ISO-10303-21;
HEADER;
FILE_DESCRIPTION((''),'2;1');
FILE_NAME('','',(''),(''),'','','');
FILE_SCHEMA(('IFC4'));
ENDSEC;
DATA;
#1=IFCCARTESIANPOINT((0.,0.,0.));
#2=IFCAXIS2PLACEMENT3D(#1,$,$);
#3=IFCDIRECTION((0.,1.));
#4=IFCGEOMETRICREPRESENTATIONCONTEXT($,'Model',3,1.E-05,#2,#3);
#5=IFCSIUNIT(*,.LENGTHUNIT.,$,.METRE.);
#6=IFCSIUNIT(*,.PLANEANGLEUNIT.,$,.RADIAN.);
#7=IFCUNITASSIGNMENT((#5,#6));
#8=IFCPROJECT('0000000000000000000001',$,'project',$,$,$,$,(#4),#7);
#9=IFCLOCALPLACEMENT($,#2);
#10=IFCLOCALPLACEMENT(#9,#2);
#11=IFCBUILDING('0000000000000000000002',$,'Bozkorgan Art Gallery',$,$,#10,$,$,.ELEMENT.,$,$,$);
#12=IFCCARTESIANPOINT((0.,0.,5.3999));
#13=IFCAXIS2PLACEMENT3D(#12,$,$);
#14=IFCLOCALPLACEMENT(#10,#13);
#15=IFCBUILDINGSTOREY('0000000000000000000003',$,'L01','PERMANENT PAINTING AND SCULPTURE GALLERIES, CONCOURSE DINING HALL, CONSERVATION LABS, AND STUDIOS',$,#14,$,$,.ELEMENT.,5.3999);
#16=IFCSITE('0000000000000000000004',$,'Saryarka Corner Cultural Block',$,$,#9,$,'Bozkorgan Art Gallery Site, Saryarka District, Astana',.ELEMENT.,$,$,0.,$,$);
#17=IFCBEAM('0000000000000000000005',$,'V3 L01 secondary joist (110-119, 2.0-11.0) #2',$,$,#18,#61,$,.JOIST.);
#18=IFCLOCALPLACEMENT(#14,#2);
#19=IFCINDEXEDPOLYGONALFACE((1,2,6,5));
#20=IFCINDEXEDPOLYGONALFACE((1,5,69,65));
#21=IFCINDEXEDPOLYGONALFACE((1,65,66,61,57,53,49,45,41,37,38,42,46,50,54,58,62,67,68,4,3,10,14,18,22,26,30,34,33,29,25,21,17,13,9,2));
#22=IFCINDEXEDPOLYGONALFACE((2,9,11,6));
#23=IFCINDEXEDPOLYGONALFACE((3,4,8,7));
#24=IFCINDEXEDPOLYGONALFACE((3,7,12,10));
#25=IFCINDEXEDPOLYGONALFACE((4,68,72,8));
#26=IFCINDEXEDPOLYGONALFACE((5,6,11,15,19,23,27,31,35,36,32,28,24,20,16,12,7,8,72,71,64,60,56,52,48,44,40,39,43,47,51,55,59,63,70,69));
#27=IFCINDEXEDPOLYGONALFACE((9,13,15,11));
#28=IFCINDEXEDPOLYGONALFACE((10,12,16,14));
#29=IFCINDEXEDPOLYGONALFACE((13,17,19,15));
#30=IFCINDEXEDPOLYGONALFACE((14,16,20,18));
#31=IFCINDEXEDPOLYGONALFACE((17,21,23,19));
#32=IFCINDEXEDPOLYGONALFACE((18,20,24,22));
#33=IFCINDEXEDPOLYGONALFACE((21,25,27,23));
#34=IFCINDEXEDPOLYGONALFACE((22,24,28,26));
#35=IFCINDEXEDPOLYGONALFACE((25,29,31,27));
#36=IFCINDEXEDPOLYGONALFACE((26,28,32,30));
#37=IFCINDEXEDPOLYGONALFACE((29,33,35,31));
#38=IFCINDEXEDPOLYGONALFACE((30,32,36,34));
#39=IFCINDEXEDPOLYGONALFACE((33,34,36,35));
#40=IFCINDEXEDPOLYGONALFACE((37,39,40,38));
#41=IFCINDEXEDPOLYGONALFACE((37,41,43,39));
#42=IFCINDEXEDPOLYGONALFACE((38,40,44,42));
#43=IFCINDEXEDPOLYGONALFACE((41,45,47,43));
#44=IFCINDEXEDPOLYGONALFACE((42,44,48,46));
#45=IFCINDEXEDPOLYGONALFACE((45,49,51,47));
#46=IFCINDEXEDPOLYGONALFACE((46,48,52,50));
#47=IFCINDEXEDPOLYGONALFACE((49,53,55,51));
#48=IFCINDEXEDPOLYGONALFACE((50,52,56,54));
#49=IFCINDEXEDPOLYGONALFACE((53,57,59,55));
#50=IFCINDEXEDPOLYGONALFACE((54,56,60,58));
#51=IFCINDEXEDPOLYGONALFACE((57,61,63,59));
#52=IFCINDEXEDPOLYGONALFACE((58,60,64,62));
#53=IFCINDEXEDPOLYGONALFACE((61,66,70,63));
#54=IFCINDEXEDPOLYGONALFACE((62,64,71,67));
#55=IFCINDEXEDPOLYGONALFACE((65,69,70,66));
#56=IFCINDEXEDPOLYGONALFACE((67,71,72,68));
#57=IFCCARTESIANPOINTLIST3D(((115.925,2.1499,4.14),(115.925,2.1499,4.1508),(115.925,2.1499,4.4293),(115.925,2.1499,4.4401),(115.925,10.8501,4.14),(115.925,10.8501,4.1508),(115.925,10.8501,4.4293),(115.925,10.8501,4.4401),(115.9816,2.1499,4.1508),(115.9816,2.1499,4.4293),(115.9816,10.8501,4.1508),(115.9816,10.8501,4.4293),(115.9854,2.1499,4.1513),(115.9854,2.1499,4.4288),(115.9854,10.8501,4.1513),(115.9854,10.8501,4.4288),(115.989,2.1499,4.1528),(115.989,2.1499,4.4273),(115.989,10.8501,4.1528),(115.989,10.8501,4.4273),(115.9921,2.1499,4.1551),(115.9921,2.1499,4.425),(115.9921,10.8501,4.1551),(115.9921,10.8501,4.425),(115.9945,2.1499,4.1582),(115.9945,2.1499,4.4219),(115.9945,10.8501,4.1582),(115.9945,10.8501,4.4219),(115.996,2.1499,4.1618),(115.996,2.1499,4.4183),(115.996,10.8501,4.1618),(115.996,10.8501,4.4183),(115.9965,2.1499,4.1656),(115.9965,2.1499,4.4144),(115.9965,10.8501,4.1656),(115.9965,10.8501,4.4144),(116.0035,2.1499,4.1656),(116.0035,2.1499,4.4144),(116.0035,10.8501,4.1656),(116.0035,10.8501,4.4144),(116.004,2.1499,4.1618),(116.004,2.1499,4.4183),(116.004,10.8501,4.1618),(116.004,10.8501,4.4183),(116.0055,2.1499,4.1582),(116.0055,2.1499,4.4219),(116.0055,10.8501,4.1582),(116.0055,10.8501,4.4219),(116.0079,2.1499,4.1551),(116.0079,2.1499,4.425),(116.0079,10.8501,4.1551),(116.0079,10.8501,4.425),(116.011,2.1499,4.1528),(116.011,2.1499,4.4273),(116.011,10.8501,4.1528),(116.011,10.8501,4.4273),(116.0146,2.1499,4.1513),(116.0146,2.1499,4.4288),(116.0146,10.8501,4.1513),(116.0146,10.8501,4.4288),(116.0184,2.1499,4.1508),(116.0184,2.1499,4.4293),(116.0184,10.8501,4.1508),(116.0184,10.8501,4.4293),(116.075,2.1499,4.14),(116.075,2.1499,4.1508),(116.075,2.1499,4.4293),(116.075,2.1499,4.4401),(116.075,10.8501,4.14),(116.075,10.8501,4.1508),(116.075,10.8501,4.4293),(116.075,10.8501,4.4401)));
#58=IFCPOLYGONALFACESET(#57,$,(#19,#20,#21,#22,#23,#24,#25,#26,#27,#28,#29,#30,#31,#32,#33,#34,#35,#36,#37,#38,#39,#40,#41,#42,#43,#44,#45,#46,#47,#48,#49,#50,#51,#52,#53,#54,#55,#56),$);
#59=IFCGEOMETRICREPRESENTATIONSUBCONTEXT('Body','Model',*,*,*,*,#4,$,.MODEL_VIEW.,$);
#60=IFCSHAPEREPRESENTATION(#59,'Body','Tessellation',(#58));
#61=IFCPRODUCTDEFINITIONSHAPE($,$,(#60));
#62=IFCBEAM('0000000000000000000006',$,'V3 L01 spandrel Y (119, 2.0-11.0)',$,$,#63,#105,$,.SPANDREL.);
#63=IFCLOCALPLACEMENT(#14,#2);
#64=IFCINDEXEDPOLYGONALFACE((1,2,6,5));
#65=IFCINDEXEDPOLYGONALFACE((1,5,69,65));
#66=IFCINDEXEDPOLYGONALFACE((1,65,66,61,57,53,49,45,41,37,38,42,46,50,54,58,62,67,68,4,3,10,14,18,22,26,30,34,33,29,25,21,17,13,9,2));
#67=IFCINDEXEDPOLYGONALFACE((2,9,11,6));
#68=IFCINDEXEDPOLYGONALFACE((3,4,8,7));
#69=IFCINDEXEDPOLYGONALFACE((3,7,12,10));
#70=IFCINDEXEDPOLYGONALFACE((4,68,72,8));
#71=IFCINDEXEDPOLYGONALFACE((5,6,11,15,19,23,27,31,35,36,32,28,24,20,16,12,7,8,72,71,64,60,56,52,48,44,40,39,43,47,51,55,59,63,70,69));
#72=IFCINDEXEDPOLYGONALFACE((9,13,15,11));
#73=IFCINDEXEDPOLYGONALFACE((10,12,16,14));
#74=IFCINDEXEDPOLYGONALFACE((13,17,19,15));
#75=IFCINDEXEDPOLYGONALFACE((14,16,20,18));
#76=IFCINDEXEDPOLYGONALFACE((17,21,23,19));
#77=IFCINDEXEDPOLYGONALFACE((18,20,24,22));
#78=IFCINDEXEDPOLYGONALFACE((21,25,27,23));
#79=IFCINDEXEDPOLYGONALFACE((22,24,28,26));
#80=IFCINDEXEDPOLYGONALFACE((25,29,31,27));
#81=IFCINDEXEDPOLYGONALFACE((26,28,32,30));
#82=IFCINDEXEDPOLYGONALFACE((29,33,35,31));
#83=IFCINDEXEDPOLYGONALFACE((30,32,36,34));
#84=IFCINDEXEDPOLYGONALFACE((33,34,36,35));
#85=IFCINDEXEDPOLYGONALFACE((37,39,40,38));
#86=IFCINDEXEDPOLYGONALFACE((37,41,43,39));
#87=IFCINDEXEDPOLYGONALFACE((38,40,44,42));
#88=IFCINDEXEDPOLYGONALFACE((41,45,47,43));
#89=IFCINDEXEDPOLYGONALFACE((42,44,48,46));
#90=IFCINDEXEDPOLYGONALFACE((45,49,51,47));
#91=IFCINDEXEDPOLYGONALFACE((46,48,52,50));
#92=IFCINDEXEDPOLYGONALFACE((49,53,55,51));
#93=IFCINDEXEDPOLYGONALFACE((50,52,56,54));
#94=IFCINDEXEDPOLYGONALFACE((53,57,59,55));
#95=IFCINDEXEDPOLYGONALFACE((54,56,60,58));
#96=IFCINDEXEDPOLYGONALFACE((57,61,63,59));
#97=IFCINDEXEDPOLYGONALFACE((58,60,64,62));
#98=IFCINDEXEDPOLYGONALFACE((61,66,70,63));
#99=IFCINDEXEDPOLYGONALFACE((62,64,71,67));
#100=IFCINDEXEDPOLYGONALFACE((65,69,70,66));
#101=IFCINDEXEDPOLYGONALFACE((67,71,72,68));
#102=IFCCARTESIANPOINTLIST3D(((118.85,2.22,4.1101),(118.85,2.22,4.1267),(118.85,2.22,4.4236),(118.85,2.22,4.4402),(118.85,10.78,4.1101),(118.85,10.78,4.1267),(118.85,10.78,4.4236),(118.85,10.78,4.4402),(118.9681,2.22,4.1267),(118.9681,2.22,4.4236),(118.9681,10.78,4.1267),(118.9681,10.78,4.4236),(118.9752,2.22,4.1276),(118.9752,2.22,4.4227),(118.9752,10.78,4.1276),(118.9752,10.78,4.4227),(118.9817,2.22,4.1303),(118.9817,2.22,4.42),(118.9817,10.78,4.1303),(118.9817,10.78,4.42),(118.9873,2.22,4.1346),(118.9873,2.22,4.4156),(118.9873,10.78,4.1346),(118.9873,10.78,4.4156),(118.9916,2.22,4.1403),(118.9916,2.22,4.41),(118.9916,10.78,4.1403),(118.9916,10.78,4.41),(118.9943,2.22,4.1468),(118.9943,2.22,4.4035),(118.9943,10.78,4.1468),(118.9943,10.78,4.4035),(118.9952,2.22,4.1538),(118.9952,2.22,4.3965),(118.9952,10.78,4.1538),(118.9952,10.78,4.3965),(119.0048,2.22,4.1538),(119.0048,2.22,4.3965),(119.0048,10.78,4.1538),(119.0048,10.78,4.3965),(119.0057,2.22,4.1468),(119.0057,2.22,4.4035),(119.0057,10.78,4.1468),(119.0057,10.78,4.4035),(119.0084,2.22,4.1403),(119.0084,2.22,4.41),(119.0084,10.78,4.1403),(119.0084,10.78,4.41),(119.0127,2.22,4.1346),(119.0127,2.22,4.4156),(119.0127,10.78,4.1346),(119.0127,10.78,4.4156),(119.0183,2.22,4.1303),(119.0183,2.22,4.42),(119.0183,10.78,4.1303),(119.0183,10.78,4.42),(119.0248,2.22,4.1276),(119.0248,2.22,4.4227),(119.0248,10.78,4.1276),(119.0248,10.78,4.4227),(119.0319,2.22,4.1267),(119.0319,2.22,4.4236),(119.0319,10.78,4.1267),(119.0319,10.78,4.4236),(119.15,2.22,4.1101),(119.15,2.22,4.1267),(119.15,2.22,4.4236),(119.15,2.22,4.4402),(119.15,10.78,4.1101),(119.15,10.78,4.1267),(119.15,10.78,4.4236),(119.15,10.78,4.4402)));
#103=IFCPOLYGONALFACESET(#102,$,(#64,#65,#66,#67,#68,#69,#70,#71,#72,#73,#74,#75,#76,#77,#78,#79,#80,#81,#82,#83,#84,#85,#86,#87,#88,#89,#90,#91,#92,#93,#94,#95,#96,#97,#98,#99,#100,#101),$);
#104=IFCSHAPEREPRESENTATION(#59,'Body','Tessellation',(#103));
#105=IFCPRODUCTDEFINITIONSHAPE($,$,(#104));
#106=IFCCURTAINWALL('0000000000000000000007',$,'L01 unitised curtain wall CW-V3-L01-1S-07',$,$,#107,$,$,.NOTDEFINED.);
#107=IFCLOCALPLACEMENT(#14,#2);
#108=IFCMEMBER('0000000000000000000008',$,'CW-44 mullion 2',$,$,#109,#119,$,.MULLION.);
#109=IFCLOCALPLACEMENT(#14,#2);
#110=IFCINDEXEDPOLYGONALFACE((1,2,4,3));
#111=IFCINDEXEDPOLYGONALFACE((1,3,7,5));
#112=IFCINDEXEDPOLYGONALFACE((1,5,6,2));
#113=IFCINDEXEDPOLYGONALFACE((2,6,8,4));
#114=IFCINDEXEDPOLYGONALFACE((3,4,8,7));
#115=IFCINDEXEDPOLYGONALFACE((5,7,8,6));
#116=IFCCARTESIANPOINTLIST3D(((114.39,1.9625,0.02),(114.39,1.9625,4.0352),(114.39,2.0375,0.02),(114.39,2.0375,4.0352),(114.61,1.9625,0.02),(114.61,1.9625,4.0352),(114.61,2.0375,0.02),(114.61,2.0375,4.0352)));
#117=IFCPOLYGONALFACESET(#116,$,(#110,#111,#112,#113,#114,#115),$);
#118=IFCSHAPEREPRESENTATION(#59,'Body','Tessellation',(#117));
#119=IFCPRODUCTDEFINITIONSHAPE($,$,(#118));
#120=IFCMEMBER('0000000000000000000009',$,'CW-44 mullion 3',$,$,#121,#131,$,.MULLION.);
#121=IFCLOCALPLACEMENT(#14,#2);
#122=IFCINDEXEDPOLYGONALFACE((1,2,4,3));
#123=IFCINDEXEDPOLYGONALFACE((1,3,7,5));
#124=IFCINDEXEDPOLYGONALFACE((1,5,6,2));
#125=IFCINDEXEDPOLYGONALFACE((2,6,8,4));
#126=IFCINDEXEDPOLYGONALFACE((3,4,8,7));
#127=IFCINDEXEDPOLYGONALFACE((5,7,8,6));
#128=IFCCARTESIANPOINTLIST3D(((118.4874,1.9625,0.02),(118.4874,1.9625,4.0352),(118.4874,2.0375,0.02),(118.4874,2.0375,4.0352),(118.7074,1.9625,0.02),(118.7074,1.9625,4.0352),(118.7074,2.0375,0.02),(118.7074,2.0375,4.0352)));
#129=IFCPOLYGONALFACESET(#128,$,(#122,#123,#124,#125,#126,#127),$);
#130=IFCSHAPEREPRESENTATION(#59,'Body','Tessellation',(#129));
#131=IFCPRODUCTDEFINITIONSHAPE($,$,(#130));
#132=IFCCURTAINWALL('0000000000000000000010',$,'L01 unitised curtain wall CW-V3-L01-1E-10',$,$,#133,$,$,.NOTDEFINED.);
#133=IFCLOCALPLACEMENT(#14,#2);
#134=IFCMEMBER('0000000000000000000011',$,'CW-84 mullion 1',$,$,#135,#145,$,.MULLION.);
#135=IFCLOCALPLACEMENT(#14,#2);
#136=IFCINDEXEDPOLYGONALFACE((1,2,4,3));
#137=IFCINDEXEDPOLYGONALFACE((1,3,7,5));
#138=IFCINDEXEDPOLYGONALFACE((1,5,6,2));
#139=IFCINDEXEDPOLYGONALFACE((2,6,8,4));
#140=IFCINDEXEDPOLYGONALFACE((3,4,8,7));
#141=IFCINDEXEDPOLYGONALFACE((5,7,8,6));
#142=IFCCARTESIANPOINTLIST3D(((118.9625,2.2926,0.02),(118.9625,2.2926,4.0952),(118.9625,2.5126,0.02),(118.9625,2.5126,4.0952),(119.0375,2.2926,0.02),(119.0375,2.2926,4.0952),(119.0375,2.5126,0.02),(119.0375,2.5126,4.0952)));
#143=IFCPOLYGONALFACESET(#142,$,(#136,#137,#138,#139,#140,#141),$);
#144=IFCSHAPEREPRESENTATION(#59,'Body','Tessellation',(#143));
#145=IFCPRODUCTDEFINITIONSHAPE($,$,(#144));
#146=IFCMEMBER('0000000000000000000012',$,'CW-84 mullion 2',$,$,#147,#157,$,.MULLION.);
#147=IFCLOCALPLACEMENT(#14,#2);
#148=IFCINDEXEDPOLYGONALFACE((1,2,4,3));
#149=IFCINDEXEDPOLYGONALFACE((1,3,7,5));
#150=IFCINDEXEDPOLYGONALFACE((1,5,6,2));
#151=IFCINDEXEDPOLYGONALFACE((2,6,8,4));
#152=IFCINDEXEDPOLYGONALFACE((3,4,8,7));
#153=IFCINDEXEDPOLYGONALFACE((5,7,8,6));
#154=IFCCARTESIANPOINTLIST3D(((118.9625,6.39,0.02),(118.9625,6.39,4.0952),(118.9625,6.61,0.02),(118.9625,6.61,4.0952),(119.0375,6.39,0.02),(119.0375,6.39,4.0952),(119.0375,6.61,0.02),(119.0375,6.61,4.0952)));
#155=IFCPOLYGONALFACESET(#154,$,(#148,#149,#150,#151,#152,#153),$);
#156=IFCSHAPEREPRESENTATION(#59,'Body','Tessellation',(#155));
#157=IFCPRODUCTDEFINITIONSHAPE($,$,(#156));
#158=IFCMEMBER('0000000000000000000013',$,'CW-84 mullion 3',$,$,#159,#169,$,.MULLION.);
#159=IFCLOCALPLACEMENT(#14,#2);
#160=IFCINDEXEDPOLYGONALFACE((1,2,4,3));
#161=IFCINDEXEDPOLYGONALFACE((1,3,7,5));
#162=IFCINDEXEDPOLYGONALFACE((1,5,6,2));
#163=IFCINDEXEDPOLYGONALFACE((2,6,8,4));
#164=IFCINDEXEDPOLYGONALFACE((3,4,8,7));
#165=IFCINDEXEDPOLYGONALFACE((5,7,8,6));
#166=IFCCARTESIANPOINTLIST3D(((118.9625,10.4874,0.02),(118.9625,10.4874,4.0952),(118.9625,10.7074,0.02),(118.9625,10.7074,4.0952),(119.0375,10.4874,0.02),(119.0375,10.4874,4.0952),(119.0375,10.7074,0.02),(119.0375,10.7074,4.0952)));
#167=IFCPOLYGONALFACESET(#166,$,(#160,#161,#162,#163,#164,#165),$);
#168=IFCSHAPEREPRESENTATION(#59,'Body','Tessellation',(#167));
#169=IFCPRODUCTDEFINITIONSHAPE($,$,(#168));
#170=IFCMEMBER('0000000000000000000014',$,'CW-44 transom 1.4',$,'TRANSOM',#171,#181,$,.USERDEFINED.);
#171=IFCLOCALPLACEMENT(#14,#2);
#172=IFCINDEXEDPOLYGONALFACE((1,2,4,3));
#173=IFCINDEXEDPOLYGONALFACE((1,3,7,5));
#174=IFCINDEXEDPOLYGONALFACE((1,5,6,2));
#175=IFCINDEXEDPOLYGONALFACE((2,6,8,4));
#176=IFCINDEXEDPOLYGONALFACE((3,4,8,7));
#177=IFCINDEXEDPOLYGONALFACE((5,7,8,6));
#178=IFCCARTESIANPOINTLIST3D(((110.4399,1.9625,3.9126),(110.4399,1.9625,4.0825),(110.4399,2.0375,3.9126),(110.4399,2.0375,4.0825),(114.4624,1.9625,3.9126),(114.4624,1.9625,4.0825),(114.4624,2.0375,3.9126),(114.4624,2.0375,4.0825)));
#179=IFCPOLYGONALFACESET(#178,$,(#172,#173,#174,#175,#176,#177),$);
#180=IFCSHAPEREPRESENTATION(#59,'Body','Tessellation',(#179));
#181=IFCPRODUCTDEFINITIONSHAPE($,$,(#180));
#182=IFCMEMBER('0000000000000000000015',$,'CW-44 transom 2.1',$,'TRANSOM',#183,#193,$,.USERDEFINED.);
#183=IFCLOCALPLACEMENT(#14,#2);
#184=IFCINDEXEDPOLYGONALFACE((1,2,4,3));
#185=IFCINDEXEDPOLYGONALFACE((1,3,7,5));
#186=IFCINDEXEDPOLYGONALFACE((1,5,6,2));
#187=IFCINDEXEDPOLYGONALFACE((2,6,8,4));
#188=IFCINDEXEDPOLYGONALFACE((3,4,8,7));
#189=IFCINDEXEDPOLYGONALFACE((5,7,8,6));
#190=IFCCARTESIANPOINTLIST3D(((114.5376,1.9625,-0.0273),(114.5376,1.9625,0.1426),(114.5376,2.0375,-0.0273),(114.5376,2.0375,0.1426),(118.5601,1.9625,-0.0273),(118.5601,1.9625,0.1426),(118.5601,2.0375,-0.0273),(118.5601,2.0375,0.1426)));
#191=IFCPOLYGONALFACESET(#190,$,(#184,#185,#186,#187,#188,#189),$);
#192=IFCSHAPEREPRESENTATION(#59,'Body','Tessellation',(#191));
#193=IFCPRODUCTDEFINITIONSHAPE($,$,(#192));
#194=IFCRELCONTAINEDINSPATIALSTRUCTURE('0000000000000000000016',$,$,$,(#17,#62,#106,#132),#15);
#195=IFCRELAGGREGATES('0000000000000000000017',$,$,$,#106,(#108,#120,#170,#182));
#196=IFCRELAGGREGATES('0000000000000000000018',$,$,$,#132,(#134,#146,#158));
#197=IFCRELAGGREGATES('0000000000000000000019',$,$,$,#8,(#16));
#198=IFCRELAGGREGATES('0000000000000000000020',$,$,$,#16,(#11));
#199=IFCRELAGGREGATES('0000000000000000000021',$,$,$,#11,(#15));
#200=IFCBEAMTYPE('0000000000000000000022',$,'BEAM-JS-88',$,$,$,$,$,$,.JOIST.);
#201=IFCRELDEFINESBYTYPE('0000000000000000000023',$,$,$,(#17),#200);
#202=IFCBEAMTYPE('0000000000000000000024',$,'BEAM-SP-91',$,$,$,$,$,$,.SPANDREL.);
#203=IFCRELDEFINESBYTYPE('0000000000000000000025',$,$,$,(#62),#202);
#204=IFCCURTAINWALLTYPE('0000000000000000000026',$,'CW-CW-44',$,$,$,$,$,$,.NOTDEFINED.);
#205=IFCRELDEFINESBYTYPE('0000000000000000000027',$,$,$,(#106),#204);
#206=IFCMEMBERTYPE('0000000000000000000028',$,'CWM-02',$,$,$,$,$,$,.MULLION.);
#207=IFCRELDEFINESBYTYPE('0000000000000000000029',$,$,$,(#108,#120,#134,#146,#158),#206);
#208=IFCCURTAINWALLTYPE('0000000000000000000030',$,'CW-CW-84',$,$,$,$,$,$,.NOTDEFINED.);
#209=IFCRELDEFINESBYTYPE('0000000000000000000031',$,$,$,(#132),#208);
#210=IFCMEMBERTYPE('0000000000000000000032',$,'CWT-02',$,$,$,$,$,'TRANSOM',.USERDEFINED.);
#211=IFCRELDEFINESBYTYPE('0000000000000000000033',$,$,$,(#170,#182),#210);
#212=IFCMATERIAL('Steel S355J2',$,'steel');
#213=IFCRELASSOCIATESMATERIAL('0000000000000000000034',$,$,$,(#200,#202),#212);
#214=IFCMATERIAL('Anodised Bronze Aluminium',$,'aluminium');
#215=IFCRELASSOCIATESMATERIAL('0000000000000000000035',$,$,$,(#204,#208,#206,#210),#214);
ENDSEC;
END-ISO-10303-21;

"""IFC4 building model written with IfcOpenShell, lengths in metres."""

from ifc_helpers import new_model, si_unit, direction, frame, origin, origin_2d, place, context, subcontext, project, spatial, rectangle, i_section, extrude, material, material_profile, profile_set, type_object, element, aggregate, save


model = new_model("IFC4")

# Units and contexts
model_context = context("Model", 3, precision=1e-05, world=origin(), true_north=direction((0.0, 1.0)))
body_context = subcontext(model_context, "Body", "Model", "MODEL_VIEW")
ifc_project = project(units=[si_unit("LENGTHUNIT", "METRE"), si_unit("PLANEANGLEUNIT", "RADIAN")], contexts=[model_context])

# Site, building, storey
site_placement = place(None, origin())
site = spatial("IfcSite", under=ifc_project, at=site_placement, Name="Saryarka Corner Cultural Block", LongName="Bozkorgan Art Gallery Site, Saryarka District, Astana", CompositionType="ELEMENT", RefElevation=0.0)
building_placement = place(site_placement, origin())
building = spatial("IfcBuilding", under=site, at=building_placement, Name="Bozkorgan Art Gallery", CompositionType="ELEMENT")
storey_placement = place(building_placement, frame((0.0, 0.0, 5.3999)))
storey = spatial("IfcBuildingStorey", under=building, at=storey_placement, Name="L01", Description="PERMANENT PAINTING AND SCULPTURE GALLERIES, CONCOURSE DINING HALL, CONSERVATION LABS, AND STUDIOS", CompositionType="ELEMENT", Elevation=5.3999)

# Shared definitions
ifc_material_1 = material(Name="Steel S355J2", Category="steel")

# Beams
ifc_material_profile_1 = material_profile(ifc_material_1, i_section(OverallWidth=0.1499, OverallDepth=0.3, WebThickness=0.0071, FlangeThickness=0.0107, FilletRadius=0.0149, at=origin_2d()), Name="IPE 300")
ifc_profile_set_1 = profile_set([ifc_material_profile_1], Name="Steel S355J2")
beam_type_1 = type_object("IfcBeamType", Name="BEAM-JS-88", PredefinedType="JOIST", material=ifc_profile_set_1)
for number, where, z_axis, x_axis, name in (
    (1, (116.0, 2.1499, 4.29), (0.0, 1.0, 0.0), (-1.0, 0.0, 0.0), "V3 L01 secondary joist (110-119, 2.0-11.0) #2"),
):
    element("IfcBeam", number, at=place(storey_placement, frame(where, z_axis=z_axis, x_axis=x_axis)), inside=storey, type_object=beam_type_1, Name=name, PredefinedType="JOIST", context=body_context, shape_type="SweptSolid", body=[
        extrude(i_section(OverallWidth=0.1499, OverallDepth=0.3, WebThickness=0.0071, FlangeThickness=0.0107, FilletRadius=0.0149, at=origin_2d()), origin(), (0.0, 0.0, 1.0), 8.7002),
    ])
ifc_material_profile_2 = material_profile(ifc_material_1, i_section(OverallWidth=0.3, OverallDepth=0.3301, WebThickness=0.0095, FlangeThickness=0.0166, FilletRadius=0.0271, at=origin_2d()), Name="HEA 340")
ifc_profile_set_2 = profile_set([ifc_material_profile_2], Name="Steel S355J2")
beam_type_2 = type_object("IfcBeamType", Name="BEAM-SP-91", PredefinedType="SPANDREL", material=ifc_profile_set_2)
beam_placement = place(storey_placement, frame((119.0, 2.22, 4.2751), z_axis=(0.0, 1.0, 0.0), x_axis=(-1.0, 0.0, 0.0)))
element("IfcBeam", 2, at=beam_placement, inside=storey, type_object=beam_type_2, Name="V3 L01 spandrel Y (119, 2.0-11.0)", PredefinedType="SPANDREL", context=body_context, shape_type="SweptSolid", body=[
    extrude(i_section(OverallWidth=0.3, OverallDepth=0.3301, WebThickness=0.0095, FlangeThickness=0.0166, FilletRadius=0.0271, at=origin_2d()), origin(), (0.0, 0.0, 1.0), 8.5601),
])

# Curtain walls, members
ifc_material_2 = material(Name="Anodised Bronze Aluminium", Category="aluminium")
curtain_wall_type_1 = type_object("IfcCurtainWallType", Name="CW-CW-44", PredefinedType="NOTDEFINED", material=ifc_material_2)
curtain_wall_1_placement = place(storey_placement, origin())
curtain_wall_1 = element("IfcCurtainWall", 3, at=curtain_wall_1_placement, inside=storey, type_object=curtain_wall_type_1, Name="L01 unitised curtain wall CW-V3-L01-1S-07", PredefinedType="NOTDEFINED")
ifc_material_profile_3 = material_profile(ifc_material_2, rectangle(XDim=0.075, YDim=0.22, at=origin_2d()), Name="ALU MULLION 75x220")
ifc_profile_set_3 = profile_set([ifc_material_profile_3], Name="Anodised Bronze Aluminium")
member_type_1 = type_object("IfcMemberType", Name="CWM-02", PredefinedType="MULLION", material=ifc_profile_set_3)
member_1_placement = place(storey_placement, frame((114.5, 2.0, 0.02), z_axis=(0.0, 0.0, 1.0), x_axis=(0.0, 1.0, 0.0)))
member_1 = element("IfcMember", 4, at=member_1_placement, type_object=member_type_1, Name="CW-44 mullion 2", PredefinedType="MULLION", context=body_context, shape_type="SweptSolid", body=[
    extrude(rectangle(XDim=0.075, YDim=0.22, at=origin_2d()), origin(), (0.0, 0.0, 1.0), 4.0151),
])
member_2_placement = place(storey_placement, frame((118.5974, 2.0, 0.02), z_axis=(0.0, 0.0, 1.0), x_axis=(0.0, 1.0, 0.0)))
member_2 = element("IfcMember", 5, at=member_2_placement, type_object=member_type_1, Name="CW-44 mullion 3", PredefinedType="MULLION", context=body_context, shape_type="SweptSolid", body=[
    extrude(rectangle(XDim=0.075, YDim=0.22, at=origin_2d()), origin(), (0.0, 0.0, 1.0), 4.0151),
])
curtain_wall_type_2 = type_object("IfcCurtainWallType", Name="CW-CW-84", PredefinedType="NOTDEFINED", material=ifc_material_2)
curtain_wall_2_placement = place(storey_placement, origin())
curtain_wall_2 = element("IfcCurtainWall", 6, at=curtain_wall_2_placement, inside=storey, type_object=curtain_wall_type_2, Name="L01 unitised curtain wall CW-V3-L01-1E-10", PredefinedType="NOTDEFINED")
member_3_placement = place(storey_placement, frame((119.0, 2.4026, 0.02), z_axis=(0.0, 0.0, 1.0), x_axis=(-1.0, 0.0, 0.0)))
member_3 = element("IfcMember", 7, at=member_3_placement, type_object=member_type_1, Name="CW-84 mullion 1", PredefinedType="MULLION", context=body_context, shape_type="SweptSolid", body=[
    extrude(rectangle(XDim=0.075, YDim=0.22, at=origin_2d()), origin(), (0.0, 0.0, 1.0), 4.0752),
])
member_4_placement = place(storey_placement, frame((119.0, 6.5, 0.02), z_axis=(0.0, 0.0, 1.0), x_axis=(-1.0, 0.0, 0.0)))
member_4 = element("IfcMember", 8, at=member_4_placement, type_object=member_type_1, Name="CW-84 mullion 2", PredefinedType="MULLION", context=body_context, shape_type="SweptSolid", body=[
    extrude(rectangle(XDim=0.075, YDim=0.22, at=origin_2d()), origin(), (0.0, 0.0, 1.0), 4.0752),
])
member_5_placement = place(storey_placement, frame((119.0, 10.5974, 0.02), z_axis=(0.0, 0.0, 1.0), x_axis=(-1.0, 0.0, 0.0)))
member_5 = element("IfcMember", 9, at=member_5_placement, type_object=member_type_1, Name="CW-84 mullion 3", PredefinedType="MULLION", context=body_context, shape_type="SweptSolid", body=[
    extrude(rectangle(XDim=0.075, YDim=0.22, at=origin_2d()), origin(), (0.0, 0.0, 1.0), 4.0752),
])

# Members
ifc_material_profile_4 = material_profile(ifc_material_2, rectangle(XDim=0.075, YDim=0.1699, at=origin_2d()), Name="ALU TRANSOM 75x170")
ifc_profile_set_4 = profile_set([ifc_material_profile_4], Name="Anodised Bronze Aluminium")
member_type_2 = type_object("IfcMemberType", Name="CWT-02", ElementType="TRANSOM", PredefinedType="USERDEFINED", material=ifc_profile_set_4)
member_6_placement = place(storey_placement, frame((110.4399, 2.0, 3.9976), z_axis=(1.0, 0.0, 0.0), x_axis=(0.0, 1.0, 0.0)))
member_6 = element("IfcMember", 10, at=member_6_placement, type_object=member_type_2, Name="CW-44 transom 1.4", ObjectType="TRANSOM", PredefinedType="USERDEFINED", context=body_context, shape_type="SweptSolid", body=[
    extrude(rectangle(XDim=0.075, YDim=0.1699, at=origin_2d()), origin(), (0.0, 0.0, 1.0), 4.0225),
])
member_7_placement = place(storey_placement, frame((114.5376, 2.0, 0.0576), z_axis=(1.0, 0.0, 0.0), x_axis=(0.0, 1.0, 0.0)))
member_7 = element("IfcMember", 11, at=member_7_placement, type_object=member_type_2, Name="CW-44 transom 2.1", ObjectType="TRANSOM", PredefinedType="USERDEFINED", context=body_context, shape_type="SweptSolid", body=[
    extrude(rectangle(XDim=0.075, YDim=0.1699, at=origin_2d()), origin(), (0.0, 0.0, 1.0), 4.0225),
])

aggregate(curtain_wall_1, [member_1, member_2, member_6, member_7])
aggregate(curtain_wall_2, [member_3, member_4, member_5])

save(model, "model.ifc")
